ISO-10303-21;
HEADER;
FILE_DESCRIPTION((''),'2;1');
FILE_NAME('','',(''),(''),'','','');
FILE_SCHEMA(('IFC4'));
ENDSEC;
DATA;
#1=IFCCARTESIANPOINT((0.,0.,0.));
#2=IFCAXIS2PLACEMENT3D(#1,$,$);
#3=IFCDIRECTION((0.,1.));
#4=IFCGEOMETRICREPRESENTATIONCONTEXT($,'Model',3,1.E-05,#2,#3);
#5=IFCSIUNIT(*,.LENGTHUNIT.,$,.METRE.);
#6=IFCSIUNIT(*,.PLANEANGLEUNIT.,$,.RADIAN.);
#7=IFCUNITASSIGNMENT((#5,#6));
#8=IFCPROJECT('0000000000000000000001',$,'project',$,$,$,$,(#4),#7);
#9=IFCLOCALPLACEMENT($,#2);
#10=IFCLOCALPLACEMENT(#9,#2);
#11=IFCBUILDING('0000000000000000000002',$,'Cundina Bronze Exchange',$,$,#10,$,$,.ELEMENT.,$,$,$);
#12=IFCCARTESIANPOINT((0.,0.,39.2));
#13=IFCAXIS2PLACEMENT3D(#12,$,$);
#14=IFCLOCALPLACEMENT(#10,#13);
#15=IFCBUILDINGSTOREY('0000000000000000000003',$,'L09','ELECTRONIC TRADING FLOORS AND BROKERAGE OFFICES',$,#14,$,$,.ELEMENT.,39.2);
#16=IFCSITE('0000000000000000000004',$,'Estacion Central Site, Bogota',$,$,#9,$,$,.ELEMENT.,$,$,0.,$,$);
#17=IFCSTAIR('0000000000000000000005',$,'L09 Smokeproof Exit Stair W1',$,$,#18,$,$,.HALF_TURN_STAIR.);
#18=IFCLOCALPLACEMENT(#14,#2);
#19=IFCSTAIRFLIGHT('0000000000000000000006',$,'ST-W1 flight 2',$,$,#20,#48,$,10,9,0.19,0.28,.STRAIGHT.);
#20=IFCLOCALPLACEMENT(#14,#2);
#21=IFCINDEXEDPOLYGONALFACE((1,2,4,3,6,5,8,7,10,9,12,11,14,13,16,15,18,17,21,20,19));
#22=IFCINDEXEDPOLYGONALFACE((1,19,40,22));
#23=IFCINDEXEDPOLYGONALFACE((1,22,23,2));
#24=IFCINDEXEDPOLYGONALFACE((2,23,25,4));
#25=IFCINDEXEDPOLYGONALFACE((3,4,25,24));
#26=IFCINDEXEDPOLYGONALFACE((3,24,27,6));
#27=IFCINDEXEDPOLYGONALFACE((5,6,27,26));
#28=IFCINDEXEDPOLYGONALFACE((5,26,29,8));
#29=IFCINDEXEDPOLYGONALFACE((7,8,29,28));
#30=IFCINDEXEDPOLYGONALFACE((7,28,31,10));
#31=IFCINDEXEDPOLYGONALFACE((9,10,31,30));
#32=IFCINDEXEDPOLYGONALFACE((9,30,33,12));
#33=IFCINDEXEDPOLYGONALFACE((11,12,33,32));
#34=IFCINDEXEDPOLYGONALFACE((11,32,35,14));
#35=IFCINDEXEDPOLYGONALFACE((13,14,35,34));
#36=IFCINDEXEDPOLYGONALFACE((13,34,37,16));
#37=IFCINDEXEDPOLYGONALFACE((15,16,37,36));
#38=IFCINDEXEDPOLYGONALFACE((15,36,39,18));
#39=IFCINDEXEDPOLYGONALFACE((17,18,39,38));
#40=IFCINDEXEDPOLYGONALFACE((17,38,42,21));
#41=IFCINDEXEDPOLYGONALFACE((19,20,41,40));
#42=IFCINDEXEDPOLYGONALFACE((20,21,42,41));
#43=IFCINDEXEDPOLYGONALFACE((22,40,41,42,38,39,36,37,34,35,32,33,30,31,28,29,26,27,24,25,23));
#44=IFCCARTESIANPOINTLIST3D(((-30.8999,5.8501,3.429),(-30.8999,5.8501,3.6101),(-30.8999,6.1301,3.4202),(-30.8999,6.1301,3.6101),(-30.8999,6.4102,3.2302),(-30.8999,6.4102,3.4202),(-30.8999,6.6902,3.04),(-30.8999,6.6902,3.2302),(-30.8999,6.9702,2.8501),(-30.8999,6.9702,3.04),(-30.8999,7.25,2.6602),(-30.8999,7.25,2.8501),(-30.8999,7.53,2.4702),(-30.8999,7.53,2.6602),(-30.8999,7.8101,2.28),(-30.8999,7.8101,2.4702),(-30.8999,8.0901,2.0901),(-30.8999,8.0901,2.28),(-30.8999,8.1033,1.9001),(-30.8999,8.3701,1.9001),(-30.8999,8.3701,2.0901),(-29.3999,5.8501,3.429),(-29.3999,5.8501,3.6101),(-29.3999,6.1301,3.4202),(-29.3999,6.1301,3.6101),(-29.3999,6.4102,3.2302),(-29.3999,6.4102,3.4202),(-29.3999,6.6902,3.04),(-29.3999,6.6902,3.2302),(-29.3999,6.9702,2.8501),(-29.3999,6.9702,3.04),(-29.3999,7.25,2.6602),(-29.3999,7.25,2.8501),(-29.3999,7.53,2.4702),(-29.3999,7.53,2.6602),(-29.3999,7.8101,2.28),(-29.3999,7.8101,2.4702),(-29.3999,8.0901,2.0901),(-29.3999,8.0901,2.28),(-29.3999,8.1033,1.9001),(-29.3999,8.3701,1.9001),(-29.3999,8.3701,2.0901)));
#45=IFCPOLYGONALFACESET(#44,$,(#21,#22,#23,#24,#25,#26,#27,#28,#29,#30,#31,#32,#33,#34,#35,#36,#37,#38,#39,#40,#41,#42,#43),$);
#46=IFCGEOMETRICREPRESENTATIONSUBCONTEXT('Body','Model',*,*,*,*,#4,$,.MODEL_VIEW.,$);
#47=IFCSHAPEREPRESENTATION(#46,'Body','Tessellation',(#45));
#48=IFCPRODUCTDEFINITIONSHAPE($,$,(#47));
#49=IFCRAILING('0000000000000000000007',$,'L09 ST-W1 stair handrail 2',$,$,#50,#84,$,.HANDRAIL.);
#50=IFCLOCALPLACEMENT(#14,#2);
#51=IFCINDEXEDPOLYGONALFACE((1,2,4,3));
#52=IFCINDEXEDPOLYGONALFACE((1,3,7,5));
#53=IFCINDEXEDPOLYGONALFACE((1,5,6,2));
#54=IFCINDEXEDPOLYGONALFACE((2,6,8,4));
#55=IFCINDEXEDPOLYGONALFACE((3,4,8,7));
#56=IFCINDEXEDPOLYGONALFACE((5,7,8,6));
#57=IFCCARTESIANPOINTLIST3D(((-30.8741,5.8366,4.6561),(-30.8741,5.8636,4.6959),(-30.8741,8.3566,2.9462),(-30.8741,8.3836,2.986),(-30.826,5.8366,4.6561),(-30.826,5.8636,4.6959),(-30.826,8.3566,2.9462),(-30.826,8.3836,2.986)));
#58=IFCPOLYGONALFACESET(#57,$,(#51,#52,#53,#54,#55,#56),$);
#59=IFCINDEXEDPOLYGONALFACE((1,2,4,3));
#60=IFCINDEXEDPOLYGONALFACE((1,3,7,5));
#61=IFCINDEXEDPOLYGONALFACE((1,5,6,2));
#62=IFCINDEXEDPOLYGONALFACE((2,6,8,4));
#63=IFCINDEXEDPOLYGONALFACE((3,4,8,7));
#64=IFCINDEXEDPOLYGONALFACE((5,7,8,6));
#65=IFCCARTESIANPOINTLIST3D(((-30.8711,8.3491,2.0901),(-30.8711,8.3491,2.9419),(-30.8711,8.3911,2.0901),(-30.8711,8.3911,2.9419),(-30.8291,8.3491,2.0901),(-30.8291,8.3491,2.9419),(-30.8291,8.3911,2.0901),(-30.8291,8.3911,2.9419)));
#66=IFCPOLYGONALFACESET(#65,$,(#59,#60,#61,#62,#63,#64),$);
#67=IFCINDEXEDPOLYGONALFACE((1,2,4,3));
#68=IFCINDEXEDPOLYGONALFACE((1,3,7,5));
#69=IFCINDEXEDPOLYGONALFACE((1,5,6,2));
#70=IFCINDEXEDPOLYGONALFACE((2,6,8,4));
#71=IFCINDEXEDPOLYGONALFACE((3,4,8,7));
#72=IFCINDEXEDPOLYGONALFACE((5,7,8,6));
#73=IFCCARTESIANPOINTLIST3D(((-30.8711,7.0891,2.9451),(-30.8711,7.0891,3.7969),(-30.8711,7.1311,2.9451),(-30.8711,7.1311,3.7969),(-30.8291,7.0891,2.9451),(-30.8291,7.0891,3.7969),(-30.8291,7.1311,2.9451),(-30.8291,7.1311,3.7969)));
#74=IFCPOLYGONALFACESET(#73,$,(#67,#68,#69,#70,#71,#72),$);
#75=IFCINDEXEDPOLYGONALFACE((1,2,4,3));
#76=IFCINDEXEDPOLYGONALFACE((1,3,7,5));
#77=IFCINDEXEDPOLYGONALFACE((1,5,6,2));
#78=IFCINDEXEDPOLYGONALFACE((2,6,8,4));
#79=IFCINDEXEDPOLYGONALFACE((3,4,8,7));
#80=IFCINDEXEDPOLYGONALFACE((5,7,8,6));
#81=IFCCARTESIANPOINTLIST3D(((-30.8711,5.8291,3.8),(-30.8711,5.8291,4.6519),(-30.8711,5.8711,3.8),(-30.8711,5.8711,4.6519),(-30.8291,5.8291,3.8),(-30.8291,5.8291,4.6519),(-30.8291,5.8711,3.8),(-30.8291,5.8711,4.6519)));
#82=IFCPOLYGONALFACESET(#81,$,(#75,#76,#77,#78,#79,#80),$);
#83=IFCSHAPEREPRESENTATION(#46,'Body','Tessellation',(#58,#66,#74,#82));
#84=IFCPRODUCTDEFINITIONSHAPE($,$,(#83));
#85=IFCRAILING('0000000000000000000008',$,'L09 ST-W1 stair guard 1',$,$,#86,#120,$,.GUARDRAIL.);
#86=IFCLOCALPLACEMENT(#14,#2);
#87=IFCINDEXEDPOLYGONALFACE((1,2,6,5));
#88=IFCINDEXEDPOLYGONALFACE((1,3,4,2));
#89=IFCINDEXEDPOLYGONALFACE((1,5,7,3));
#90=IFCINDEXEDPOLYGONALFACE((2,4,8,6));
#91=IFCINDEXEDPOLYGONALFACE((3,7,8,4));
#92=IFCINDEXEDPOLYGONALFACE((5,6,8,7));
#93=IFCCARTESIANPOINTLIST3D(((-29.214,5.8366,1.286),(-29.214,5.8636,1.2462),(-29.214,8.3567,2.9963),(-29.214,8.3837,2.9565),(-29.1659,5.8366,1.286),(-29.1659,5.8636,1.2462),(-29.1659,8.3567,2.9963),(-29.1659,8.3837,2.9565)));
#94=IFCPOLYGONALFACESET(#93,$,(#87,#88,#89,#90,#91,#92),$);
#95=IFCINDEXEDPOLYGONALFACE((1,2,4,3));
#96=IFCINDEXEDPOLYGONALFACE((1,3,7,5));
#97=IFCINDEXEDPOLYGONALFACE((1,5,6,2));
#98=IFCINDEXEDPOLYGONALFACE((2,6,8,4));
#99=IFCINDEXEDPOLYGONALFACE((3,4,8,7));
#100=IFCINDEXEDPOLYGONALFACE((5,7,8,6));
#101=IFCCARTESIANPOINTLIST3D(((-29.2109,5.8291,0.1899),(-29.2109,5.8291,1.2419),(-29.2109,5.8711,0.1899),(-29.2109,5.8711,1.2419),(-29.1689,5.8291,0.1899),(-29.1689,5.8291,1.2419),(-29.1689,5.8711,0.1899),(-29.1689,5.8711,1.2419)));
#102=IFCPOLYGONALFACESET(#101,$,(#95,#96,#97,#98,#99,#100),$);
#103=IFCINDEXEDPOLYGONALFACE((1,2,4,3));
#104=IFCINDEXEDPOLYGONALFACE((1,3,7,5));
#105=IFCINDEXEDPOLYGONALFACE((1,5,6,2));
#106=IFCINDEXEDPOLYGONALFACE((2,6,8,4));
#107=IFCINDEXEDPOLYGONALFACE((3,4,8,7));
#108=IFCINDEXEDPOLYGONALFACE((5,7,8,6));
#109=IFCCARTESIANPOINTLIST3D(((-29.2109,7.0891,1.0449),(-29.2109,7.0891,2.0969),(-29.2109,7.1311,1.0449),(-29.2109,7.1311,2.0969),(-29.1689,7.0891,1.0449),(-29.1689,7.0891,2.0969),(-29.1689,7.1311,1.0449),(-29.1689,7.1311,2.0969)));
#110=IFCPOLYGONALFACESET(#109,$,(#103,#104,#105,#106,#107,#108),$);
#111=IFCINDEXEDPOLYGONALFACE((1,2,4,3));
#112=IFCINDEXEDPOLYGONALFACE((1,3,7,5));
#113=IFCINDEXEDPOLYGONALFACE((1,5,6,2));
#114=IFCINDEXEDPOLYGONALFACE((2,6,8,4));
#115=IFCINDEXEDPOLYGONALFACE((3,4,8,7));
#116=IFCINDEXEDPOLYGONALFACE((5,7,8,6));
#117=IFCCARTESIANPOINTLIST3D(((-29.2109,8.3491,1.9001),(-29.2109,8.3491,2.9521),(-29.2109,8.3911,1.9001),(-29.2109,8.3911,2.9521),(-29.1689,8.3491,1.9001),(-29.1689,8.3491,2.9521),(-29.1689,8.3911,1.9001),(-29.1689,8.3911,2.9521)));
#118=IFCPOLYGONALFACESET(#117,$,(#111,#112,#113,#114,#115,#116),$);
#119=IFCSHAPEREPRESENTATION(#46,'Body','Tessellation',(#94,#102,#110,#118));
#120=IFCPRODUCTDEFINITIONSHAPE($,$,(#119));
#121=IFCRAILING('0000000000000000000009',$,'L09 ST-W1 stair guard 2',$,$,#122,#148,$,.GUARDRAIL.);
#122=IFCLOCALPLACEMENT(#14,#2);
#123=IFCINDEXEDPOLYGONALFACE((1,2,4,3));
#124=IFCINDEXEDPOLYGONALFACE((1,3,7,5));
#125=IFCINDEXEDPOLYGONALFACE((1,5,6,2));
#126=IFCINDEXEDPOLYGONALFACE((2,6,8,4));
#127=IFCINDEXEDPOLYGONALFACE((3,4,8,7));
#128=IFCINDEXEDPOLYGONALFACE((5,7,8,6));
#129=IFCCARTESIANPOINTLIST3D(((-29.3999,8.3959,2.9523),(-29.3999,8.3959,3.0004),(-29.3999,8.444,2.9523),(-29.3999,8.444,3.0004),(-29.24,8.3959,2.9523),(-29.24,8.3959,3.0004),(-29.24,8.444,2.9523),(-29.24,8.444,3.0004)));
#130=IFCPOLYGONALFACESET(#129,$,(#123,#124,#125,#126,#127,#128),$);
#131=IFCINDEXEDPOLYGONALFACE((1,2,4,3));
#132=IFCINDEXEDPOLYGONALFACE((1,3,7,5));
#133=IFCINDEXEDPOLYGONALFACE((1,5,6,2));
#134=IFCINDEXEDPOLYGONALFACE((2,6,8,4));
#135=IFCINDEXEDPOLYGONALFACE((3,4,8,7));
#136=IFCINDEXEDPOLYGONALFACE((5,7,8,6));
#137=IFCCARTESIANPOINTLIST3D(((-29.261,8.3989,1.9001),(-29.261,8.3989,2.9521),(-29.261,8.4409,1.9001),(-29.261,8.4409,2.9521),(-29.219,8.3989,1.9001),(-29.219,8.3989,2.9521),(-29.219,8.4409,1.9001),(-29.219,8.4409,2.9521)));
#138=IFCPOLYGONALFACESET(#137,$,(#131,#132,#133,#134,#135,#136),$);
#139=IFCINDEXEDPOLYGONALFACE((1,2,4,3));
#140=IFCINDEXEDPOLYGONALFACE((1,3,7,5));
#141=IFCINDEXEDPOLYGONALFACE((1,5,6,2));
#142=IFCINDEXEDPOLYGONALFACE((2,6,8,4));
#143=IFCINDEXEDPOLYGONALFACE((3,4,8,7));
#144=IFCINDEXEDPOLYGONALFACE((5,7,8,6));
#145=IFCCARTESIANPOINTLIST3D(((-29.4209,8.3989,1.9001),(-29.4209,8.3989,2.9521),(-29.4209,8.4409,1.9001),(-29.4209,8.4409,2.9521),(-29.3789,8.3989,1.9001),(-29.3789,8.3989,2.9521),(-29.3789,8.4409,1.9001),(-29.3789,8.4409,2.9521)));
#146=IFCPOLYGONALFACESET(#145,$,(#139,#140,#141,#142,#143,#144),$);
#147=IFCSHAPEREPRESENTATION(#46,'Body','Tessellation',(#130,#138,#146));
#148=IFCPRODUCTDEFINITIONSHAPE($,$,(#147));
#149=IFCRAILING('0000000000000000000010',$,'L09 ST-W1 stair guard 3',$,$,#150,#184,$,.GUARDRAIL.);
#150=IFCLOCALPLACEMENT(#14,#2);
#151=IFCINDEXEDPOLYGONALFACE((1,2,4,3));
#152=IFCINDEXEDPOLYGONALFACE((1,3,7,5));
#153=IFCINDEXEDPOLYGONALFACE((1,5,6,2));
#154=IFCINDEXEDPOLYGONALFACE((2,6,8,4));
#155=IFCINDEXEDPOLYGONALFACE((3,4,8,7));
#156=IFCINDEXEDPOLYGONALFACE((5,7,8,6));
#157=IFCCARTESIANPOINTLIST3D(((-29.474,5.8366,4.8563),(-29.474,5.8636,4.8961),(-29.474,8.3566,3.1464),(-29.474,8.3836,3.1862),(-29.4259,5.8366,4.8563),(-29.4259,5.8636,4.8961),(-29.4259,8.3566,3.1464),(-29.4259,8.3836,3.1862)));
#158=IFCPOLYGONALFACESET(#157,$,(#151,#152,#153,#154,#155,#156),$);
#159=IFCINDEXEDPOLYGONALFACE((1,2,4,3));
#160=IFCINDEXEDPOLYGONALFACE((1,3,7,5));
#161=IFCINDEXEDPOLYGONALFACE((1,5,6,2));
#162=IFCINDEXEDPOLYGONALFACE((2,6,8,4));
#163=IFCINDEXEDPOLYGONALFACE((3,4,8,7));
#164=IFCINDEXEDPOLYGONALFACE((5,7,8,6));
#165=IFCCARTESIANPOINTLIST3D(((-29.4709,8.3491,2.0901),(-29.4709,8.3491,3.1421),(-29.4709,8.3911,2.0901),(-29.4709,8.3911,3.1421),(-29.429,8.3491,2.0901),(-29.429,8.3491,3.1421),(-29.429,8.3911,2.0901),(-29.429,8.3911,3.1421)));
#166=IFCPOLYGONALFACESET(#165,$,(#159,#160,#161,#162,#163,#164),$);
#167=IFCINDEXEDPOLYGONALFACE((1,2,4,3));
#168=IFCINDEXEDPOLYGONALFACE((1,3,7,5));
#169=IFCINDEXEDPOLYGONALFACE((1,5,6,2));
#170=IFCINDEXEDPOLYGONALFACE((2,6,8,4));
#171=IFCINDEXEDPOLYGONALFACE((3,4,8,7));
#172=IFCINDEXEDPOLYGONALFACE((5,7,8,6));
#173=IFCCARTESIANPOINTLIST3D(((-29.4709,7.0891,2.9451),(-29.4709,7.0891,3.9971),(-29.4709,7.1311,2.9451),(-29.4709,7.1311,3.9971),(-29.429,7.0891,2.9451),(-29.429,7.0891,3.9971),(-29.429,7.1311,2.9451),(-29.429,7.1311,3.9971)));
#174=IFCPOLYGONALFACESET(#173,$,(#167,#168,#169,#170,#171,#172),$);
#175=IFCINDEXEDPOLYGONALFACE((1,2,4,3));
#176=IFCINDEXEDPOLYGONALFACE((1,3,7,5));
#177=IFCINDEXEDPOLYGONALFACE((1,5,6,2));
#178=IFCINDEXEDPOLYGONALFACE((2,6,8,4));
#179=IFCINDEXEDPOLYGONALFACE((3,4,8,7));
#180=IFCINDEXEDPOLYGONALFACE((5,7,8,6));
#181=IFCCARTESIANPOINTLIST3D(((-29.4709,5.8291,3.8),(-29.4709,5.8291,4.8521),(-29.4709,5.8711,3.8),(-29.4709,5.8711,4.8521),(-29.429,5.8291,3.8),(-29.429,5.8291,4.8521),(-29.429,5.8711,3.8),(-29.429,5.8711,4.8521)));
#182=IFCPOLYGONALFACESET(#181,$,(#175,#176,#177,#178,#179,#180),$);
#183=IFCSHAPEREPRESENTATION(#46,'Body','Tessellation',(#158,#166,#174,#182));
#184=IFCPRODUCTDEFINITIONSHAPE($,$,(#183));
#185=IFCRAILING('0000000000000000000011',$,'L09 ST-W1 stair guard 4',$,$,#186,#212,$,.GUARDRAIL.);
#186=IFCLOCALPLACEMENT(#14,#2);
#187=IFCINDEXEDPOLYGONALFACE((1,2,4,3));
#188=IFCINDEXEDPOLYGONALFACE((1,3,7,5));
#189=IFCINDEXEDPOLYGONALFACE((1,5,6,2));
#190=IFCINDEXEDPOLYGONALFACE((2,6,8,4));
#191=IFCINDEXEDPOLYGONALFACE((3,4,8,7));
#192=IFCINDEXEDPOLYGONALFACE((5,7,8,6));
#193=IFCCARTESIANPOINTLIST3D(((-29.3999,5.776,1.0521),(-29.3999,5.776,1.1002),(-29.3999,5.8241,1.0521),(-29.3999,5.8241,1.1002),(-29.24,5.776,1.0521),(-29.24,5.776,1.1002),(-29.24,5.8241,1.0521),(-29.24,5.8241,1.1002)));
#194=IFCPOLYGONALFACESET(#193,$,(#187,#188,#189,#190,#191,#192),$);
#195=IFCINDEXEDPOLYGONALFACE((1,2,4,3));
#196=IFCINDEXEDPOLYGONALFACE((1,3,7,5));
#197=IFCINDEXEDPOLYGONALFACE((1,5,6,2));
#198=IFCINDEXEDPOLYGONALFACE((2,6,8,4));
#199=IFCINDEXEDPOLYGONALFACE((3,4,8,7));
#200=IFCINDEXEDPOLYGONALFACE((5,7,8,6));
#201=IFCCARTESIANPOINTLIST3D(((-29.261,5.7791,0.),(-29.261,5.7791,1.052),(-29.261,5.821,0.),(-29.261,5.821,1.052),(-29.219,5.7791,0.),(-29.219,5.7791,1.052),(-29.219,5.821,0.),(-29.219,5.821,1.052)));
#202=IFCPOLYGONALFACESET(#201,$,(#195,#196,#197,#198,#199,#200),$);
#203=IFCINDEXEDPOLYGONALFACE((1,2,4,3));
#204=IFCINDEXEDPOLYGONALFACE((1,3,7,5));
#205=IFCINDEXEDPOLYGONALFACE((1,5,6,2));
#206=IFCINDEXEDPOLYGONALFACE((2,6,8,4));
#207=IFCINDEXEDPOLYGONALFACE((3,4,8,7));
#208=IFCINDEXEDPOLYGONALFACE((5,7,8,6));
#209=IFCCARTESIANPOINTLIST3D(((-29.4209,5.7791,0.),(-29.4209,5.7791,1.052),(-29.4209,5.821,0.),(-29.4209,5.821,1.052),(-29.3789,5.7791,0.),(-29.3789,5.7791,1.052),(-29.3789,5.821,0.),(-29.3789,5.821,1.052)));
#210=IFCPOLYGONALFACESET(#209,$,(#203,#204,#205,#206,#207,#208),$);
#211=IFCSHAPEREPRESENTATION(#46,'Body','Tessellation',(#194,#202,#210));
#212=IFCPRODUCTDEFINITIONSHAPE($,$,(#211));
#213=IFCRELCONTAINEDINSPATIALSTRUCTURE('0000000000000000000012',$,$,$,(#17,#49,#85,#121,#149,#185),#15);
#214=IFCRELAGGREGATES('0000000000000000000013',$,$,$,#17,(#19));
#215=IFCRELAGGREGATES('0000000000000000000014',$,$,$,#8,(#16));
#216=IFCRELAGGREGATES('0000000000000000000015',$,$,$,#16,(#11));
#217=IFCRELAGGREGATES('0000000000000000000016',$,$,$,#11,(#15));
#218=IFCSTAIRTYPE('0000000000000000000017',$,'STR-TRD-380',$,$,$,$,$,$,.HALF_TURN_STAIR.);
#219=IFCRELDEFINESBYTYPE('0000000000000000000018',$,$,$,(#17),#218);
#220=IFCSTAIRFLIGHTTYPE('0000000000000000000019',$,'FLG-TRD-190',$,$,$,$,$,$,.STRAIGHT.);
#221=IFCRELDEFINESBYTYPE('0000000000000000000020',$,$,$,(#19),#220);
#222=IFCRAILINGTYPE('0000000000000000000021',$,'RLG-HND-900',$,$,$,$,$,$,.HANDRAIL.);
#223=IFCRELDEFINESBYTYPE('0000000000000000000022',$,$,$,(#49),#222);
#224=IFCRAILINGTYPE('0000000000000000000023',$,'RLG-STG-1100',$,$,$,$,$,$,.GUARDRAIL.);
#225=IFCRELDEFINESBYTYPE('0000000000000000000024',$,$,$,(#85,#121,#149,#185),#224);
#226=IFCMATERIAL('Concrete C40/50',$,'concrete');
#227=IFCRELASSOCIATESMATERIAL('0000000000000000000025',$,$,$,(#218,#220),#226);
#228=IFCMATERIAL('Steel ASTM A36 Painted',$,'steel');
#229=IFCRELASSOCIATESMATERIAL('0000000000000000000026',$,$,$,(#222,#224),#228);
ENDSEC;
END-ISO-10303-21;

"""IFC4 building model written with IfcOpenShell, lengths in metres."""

from ifc_helpers import new_model, si_unit, direction, frame, origin, origin_2d, place, context, subcontext, project, spatial, polyline, rectangle, outline, extrude, material, type_object, element, aggregate, save


model = new_model("IFC4")

# Units and contexts
model_context = context("Model", 3, precision=1e-05, world=origin(), true_north=direction((0.0, 1.0)))
body_context = subcontext(model_context, "Body", "Model", "MODEL_VIEW")
ifc_project = project(units=[si_unit("LENGTHUNIT", "METRE"), si_unit("PLANEANGLEUNIT", "RADIAN")], contexts=[model_context])

# Site, building, storey
site_placement = place(None, origin())
site = spatial("IfcSite", under=ifc_project, at=site_placement, Name="Estacion Central Site, Bogota", CompositionType="ELEMENT", RefElevation=0.0)
building_placement = place(site_placement, origin())
building = spatial("IfcBuilding", under=site, at=building_placement, Name="Cundina Bronze Exchange", CompositionType="ELEMENT")
storey_placement = place(building_placement, frame((0.0, 0.0, 39.2)))
storey = spatial("IfcBuildingStorey", under=building, at=storey_placement, Name="L09", Description="ELECTRONIC TRADING FLOORS AND BROKERAGE OFFICES", CompositionType="ELEMENT", Elevation=39.2)

# Shared definitions
ifc_material_1 = material(Name="Steel ASTM A36 Painted", Category="steel")

# Stair, stair flight
ifc_material_2 = material(Name="Concrete C40/50", Category="concrete")
stair_type = type_object("IfcStairType", Name="STR-TRD-380", PredefinedType="HALF_TURN_STAIR", material=ifc_material_2)
stair_placement = place(storey_placement, origin())
stair = element("IfcStair", 1, at=stair_placement, inside=storey, type_object=stair_type, Name="L09 Smokeproof Exit Stair W1", PredefinedType="HALF_TURN_STAIR")
stair_flight_type = type_object("IfcStairFlightType", Name="FLG-TRD-190", PredefinedType="STRAIGHT", material=ifc_material_2)
stair_flight_1_placement = place(storey_placement, frame((-30.1499, 8.3701, 1.9001), z_axis=(0.0, 0.0, 1.0), x_axis=(0.0, -1.0, 0.0)))
stair_flight_1 = element("IfcStairFlight", 2, at=stair_flight_1_placement, type_object=stair_flight_type, Name="ST-W1 flight 2", NumberOfRisers=10, NumberOfTreads=9, PredefinedType="STRAIGHT", RiserHeight=0.19, TreadLength=0.28, context=body_context, shape_type="SweptSolid", body=[
    extrude(outline(polyline([(0.0, 0.0), (0.0, 0.1899), (0.28, 0.1899), (0.28, 0.3799), (0.5601, 0.3799), (0.5601, 0.5701), (0.8401, 0.5701), (0.8401, 0.76), (1.1201, 0.76), (1.1201, 0.95), (1.3999, 0.95), (1.3999, 1.1399), (1.6799, 1.1399), (1.6799, 1.3301), (1.96, 1.3301), (1.96, 1.52), (2.24, 1.52), (2.24, 1.71), (2.52, 1.71), (2.52, 1.8999), (2.52, 1.5288), (0.2668, 0.0), (0.0, 0.0)])), frame((0.0, 0.75, 0.0), z_axis=(0.0, -1.0, 0.0), x_axis=(1.0, 0.0, 0.0)), (0.0, 0.0, 1.0), 1.5),
])
aggregate(stair, [stair_flight_1])

# Railings
railing_type_1 = type_object("IfcRailingType", Name="RLG-HND-900", PredefinedType="HANDRAIL", material=ifc_material_1)
railing_1_placement = place(storey_placement, frame((-30.8501, 8.3701, 2.0901)))
element("IfcRailing", 3, at=railing_1_placement, inside=storey, type_object=railing_type_1, Name="L09 ST-W1 stair handrail 2", PredefinedType="HANDRAIL", context=body_context, shape_type="SweptSolid", body=[
    extrude(rectangle(XDim=0.0481, YDim=0.0481, at=origin_2d()), frame((0.0, 0.0, 0.876), z_axis=(0.0, -0.827484, 0.56149), x_axis=(1.0, 0.0, 0.0)), (0.0, 0.0, 1.0), 3.0454),
    extrude(rectangle(XDim=0.042, YDim=0.042, at=origin_2d()), origin(), (0.0, 0.0, 1.0), 0.8518),
    extrude(rectangle(XDim=0.042, YDim=0.042, at=origin_2d()), frame((0.0, -1.26, 0.855)), (0.0, 0.0, 1.0), 0.8518),
    extrude(rectangle(XDim=0.042, YDim=0.042, at=origin_2d()), frame((0.0, -2.52, 1.71)), (0.0, 0.0, 1.0), 0.8518),
])
railing_type_2 = type_object("IfcRailingType", Name="RLG-STG-1100", PredefinedType="GUARDRAIL", material=ifc_material_1)
railing_2_placement = place(storey_placement, frame((-29.1899, 5.8501, 0.1899)))
element("IfcRailing", 4, at=railing_2_placement, inside=storey, type_object=railing_type_2, Name="L09 ST-W1 stair guard 1", PredefinedType="GUARDRAIL", context=body_context, shape_type="SweptSolid", body=[
    extrude(rectangle(XDim=0.0481, YDim=0.0481, at=origin_2d()), frame((0.0, 0.0, 1.0762), z_axis=(0.0, 0.827447, 0.561545), x_axis=(-1.0, 0.0, 0.0)), (0.0, 0.0, 1.0), 3.0457),
    extrude(rectangle(XDim=0.042, YDim=0.042, at=origin_2d()), origin(), (0.0, 0.0, 1.0), 1.052),
    extrude(rectangle(XDim=0.042, YDim=0.042, at=origin_2d()), frame((0.0, 1.26, 0.855)), (0.0, 0.0, 1.0), 1.052),
    extrude(rectangle(XDim=0.042, YDim=0.042, at=origin_2d()), frame((0.0, 2.52, 1.7102)), (0.0, 0.0, 1.0), 1.052),
])
railing_3_placement = place(storey_placement, frame((-29.24, 8.4199, 1.9001)))
element("IfcRailing", 5, at=railing_3_placement, inside=storey, type_object=railing_type_2, Name="L09 ST-W1 stair guard 2", PredefinedType="GUARDRAIL", context=body_context, shape_type="SweptSolid", body=[
    extrude(rectangle(XDim=0.0481, YDim=0.0481, at=origin_2d()), frame((0.0, 0.0, 1.0762), z_axis=(-1.0, 0.0, 0.0), x_axis=(0.0, -1.0, 0.0)), (0.0, 0.0, 1.0), 0.1599),
    extrude(rectangle(XDim=0.042, YDim=0.042, at=origin_2d()), origin(), (0.0, 0.0, 1.0), 1.052),
    extrude(rectangle(XDim=0.042, YDim=0.042, at=origin_2d()), frame((-0.1599, 0.0, 0.0)), (0.0, 0.0, 1.0), 1.052),
])
railing_4_placement = place(storey_placement, frame((-29.45, 8.3701, 2.0901)))
element("IfcRailing", 6, at=railing_4_placement, inside=storey, type_object=railing_type_2, Name="L09 ST-W1 stair guard 3", PredefinedType="GUARDRAIL", context=body_context, shape_type="SweptSolid", body=[
    extrude(rectangle(XDim=0.0481, YDim=0.0481, at=origin_2d()), frame((0.0, 0.0, 1.0762), z_axis=(0.0, -0.827484, 0.56149), x_axis=(1.0, 0.0, 0.0)), (0.0, 0.0, 1.0), 3.0454),
    extrude(rectangle(XDim=0.042, YDim=0.042, at=origin_2d()), origin(), (0.0, 0.0, 1.0), 1.052),
    extrude(rectangle(XDim=0.042, YDim=0.042, at=origin_2d()), frame((0.0, -1.26, 0.855)), (0.0, 0.0, 1.0), 1.052),
    extrude(rectangle(XDim=0.042, YDim=0.042, at=origin_2d()), frame((0.0, -2.52, 1.71)), (0.0, 0.0, 1.0), 1.052),
])
railing_5_placement = place(storey_placement, frame((-29.24, 5.8, 0.0)))
element("IfcRailing", 7, at=railing_5_placement, inside=storey, type_object=railing_type_2, Name="L09 ST-W1 stair guard 4", PredefinedType="GUARDRAIL", context=body_context, shape_type="SweptSolid", body=[
    extrude(rectangle(XDim=0.0481, YDim=0.0481, at=origin_2d()), frame((0.0, 0.0, 1.0762), z_axis=(-1.0, 0.0, 0.0), x_axis=(0.0, -1.0, 0.0)), (0.0, 0.0, 1.0), 0.1599),
    extrude(rectangle(XDim=0.042, YDim=0.042, at=origin_2d()), origin(), (0.0, 0.0, 1.0), 1.052),
    extrude(rectangle(XDim=0.042, YDim=0.042, at=origin_2d()), frame((-0.1599, 0.0, 0.0)), (0.0, 0.0, 1.0), 1.052),
])

save(model, "model.ifc")
